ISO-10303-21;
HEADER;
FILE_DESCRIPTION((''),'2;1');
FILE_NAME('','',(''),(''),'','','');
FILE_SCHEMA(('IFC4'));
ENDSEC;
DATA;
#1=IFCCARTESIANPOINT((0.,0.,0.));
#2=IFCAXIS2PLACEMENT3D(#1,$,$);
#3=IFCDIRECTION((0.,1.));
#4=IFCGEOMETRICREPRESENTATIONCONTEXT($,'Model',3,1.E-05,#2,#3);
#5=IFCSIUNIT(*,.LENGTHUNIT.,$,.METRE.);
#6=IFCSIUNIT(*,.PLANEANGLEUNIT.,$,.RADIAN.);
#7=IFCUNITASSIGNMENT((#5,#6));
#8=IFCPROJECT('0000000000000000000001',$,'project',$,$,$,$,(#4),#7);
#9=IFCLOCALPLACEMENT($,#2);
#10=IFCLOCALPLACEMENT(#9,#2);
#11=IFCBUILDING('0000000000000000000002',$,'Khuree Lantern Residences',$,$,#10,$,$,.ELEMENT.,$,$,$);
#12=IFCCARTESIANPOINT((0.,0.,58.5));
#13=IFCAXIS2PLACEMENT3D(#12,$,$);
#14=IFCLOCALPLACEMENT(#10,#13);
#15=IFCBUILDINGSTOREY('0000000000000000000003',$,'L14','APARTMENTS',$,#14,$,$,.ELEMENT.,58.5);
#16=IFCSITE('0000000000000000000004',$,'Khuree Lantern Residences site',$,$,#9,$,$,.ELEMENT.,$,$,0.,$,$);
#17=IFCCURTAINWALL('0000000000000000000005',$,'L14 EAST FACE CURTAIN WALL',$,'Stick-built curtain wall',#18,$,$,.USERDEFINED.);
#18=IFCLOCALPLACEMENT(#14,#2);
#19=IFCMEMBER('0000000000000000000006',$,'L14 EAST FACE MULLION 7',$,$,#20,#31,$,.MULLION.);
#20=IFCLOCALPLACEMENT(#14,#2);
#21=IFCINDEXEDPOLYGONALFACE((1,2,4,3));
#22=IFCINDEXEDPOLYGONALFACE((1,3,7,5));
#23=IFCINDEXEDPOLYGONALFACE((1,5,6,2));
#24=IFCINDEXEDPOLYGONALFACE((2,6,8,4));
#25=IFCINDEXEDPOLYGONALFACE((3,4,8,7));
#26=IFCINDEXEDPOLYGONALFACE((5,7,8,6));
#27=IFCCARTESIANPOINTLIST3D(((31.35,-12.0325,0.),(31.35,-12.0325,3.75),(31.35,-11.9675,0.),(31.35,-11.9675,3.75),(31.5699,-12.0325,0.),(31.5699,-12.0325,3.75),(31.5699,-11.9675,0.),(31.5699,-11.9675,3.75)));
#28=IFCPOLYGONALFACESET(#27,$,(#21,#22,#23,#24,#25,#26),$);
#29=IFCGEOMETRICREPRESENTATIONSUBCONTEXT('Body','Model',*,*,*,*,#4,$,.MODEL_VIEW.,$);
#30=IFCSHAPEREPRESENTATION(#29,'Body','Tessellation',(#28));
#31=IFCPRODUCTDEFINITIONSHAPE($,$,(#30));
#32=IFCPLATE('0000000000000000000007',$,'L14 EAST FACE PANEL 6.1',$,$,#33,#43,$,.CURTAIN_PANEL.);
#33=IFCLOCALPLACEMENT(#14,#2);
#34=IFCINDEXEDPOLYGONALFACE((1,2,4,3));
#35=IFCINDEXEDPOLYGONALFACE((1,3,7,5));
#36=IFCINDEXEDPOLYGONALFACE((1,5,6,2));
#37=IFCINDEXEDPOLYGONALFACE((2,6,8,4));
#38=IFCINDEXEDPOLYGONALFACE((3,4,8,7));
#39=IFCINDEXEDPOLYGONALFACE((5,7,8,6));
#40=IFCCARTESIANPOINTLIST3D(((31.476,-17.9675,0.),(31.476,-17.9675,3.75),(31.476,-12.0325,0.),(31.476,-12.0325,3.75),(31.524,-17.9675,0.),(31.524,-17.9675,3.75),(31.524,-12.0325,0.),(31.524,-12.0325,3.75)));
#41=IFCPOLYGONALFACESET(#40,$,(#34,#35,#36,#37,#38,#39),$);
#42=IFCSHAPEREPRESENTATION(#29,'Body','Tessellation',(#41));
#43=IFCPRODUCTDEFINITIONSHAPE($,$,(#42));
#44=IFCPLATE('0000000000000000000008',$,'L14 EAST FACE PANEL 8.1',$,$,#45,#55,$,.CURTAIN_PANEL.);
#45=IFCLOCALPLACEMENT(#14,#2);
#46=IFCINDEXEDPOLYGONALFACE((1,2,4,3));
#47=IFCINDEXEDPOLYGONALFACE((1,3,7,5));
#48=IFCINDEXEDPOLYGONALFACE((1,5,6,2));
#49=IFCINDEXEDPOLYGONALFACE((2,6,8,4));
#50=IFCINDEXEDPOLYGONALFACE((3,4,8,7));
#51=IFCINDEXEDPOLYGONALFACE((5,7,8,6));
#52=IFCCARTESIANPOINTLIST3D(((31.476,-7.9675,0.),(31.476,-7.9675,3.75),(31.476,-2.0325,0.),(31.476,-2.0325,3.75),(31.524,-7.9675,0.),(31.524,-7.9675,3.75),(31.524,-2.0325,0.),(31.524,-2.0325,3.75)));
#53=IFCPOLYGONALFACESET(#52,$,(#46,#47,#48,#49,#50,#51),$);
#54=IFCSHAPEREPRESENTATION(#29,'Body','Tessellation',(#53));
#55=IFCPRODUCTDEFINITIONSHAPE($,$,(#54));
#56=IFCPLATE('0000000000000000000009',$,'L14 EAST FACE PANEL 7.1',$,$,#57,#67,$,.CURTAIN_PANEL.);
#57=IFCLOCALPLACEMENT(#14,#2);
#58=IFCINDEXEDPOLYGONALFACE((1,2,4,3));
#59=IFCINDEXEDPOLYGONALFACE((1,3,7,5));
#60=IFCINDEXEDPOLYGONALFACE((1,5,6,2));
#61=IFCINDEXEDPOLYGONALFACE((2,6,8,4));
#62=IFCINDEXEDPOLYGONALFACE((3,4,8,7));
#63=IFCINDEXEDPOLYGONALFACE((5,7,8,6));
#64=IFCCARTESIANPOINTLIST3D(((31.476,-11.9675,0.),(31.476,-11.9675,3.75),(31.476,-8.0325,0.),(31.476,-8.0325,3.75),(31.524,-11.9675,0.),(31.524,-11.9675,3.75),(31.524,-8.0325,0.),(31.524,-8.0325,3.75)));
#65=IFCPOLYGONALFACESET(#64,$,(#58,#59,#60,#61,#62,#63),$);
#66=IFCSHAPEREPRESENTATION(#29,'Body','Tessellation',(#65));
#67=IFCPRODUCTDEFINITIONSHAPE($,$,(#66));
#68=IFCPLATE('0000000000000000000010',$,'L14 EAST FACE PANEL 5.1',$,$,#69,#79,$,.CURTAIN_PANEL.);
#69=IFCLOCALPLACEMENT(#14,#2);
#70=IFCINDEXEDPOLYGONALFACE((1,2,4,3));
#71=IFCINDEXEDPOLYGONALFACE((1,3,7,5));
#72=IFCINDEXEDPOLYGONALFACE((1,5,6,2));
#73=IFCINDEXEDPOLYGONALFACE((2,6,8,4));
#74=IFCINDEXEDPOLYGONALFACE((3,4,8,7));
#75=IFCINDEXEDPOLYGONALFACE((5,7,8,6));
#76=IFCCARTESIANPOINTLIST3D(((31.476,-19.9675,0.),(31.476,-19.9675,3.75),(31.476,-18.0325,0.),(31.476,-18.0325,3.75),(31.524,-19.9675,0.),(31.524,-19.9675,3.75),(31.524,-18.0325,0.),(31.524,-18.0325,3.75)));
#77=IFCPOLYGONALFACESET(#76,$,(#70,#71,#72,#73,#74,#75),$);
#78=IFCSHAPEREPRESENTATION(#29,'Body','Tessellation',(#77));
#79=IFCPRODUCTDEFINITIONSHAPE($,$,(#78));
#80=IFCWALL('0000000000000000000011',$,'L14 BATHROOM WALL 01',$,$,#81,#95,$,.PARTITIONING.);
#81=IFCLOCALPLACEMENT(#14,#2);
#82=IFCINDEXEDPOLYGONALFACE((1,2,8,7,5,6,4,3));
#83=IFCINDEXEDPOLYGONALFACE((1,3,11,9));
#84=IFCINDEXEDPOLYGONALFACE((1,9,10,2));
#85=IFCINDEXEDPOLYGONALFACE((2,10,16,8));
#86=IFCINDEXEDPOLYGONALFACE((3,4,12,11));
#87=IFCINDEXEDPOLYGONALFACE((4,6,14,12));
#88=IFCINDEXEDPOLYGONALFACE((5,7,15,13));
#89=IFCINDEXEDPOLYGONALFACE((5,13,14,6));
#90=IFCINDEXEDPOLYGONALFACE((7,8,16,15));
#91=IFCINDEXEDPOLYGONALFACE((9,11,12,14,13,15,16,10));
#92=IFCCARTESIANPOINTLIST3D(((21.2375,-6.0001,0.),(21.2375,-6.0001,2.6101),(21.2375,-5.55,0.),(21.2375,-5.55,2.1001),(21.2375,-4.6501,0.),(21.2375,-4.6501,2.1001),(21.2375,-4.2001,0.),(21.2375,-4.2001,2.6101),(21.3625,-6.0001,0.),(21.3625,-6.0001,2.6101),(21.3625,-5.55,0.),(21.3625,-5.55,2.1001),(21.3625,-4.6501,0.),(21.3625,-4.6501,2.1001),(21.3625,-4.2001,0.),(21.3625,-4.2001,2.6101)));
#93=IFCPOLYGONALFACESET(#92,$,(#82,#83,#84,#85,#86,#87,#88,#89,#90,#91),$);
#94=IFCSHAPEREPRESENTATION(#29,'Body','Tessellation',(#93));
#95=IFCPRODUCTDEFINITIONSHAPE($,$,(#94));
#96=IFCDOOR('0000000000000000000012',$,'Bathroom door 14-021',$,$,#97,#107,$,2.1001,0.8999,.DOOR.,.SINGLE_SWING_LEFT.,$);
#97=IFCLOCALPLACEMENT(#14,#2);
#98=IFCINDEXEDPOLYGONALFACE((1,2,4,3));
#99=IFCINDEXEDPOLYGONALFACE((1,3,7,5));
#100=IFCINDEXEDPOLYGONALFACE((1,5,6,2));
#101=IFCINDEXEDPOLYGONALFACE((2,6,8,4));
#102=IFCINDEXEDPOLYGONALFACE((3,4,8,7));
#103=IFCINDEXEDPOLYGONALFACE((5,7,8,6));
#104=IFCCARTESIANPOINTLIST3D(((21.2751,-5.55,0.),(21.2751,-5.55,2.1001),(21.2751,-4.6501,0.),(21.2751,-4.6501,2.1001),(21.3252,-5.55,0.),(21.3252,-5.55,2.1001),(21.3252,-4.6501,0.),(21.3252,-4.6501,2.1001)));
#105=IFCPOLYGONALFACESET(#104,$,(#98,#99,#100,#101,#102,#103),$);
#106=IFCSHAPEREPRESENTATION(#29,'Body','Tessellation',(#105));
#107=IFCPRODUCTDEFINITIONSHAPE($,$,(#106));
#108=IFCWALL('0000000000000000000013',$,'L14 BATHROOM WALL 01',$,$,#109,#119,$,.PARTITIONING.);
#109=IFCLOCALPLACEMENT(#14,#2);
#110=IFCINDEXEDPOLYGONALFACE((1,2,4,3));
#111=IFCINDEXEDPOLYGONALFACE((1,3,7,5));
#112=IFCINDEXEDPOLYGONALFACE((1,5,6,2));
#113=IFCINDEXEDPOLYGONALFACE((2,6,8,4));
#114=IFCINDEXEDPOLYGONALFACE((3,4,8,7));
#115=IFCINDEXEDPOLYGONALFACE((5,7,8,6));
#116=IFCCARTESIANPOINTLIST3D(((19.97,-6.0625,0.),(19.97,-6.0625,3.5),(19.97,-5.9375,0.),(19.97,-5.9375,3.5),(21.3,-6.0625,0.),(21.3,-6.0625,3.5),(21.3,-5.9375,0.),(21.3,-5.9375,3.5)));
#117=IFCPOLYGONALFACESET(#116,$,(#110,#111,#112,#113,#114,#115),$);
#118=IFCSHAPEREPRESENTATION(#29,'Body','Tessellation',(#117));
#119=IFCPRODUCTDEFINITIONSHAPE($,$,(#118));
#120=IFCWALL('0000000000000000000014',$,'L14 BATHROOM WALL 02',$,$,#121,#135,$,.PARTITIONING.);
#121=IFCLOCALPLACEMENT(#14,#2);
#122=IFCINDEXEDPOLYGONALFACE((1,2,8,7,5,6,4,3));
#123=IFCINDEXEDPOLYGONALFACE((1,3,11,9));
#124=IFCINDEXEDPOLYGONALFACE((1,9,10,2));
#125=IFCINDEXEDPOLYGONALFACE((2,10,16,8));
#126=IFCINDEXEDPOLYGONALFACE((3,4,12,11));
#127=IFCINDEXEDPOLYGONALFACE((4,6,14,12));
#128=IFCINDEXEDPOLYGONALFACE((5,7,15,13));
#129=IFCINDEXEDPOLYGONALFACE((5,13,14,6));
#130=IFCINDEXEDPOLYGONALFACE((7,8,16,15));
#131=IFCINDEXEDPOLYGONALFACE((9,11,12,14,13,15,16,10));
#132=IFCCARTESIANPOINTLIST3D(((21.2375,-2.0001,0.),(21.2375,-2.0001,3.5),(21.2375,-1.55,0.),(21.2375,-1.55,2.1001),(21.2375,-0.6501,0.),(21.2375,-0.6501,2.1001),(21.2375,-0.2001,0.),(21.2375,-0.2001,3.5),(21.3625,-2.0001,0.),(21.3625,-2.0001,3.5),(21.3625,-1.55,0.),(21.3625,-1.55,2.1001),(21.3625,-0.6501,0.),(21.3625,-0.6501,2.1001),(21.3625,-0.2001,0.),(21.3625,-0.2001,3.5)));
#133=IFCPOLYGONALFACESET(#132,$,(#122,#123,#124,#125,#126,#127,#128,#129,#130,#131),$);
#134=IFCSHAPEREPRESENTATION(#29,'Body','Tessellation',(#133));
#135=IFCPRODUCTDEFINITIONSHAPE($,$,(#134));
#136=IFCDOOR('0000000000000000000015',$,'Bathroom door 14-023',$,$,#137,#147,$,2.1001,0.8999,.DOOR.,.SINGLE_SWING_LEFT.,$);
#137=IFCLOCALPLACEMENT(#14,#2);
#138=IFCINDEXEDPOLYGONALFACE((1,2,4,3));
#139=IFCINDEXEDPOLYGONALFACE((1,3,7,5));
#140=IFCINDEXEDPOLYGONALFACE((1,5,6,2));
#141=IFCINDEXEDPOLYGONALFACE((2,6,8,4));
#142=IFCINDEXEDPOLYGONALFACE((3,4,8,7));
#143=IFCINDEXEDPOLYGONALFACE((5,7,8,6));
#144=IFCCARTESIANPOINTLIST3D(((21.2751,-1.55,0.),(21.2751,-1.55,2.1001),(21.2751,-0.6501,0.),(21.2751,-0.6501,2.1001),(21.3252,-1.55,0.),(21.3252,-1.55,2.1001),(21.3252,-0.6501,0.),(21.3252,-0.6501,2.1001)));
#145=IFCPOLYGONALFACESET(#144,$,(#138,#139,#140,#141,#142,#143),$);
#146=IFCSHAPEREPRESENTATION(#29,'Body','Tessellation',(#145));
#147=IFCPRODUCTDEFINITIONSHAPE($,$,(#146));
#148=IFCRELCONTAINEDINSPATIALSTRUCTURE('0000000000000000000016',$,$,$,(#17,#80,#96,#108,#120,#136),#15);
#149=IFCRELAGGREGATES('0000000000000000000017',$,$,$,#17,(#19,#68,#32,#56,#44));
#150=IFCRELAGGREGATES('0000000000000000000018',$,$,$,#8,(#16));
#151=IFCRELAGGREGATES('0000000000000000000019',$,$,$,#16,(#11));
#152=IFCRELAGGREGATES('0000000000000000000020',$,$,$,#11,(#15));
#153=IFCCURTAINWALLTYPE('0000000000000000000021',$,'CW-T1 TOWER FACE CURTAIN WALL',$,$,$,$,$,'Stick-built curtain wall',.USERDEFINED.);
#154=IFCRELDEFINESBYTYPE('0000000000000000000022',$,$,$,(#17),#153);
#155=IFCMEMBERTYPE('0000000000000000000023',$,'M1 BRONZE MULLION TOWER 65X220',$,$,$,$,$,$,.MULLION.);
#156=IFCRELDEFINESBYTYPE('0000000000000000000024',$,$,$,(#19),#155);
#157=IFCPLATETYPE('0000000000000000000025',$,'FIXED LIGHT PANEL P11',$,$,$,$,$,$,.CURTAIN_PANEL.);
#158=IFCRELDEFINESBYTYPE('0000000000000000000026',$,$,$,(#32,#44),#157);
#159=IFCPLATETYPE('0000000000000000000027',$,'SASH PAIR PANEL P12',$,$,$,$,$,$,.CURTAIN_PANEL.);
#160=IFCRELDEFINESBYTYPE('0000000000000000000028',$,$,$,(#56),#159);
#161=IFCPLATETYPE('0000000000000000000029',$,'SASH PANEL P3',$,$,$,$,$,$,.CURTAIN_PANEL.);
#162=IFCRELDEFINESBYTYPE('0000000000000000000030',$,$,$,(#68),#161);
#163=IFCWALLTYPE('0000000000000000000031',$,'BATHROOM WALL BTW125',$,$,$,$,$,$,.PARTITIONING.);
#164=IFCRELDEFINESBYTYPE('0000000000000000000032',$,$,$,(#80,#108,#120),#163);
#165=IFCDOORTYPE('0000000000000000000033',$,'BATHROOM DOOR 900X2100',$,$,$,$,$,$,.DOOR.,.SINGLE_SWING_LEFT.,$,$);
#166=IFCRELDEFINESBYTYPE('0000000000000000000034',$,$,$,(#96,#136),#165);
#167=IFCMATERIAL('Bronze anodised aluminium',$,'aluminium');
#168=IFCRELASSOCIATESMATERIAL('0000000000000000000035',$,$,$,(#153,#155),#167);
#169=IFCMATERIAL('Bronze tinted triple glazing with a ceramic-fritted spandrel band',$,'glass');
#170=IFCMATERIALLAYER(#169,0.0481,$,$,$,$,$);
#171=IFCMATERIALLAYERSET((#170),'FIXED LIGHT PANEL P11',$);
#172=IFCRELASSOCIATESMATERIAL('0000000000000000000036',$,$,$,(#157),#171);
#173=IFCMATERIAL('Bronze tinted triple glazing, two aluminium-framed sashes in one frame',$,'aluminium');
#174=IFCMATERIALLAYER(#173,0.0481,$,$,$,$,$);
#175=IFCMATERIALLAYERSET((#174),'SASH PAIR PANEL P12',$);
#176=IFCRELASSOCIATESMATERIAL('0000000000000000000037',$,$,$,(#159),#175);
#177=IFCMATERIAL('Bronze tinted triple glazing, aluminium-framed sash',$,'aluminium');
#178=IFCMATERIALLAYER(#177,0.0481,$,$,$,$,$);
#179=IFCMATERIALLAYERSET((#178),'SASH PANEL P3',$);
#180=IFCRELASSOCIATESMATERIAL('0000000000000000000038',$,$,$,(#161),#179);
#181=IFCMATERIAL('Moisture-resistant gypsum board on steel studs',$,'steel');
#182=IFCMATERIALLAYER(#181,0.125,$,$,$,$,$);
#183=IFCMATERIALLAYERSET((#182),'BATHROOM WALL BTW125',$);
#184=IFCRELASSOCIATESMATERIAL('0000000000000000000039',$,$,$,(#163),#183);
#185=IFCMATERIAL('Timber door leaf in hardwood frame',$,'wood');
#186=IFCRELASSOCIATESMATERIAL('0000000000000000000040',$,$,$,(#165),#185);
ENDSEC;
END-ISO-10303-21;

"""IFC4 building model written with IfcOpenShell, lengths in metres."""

from ifc_helpers import new_model, si_unit, direction, frame, frame_2d, origin, origin_2d, place, context, subcontext, project, spatial, rectangle, extrude, material, layer, layer_set, material_profile, profile_set, type_object, element, fill, aggregate, save


model = new_model("IFC4")

# Units and contexts
model_context = context("Model", 3, precision=1e-05, world=origin(), true_north=direction((0.0, 1.0)))
body_context = subcontext(model_context, "Body", "Model", "MODEL_VIEW")
ifc_project = project(units=[si_unit("LENGTHUNIT", "METRE"), si_unit("PLANEANGLEUNIT", "RADIAN")], contexts=[model_context])

# Site, building, storey
site_placement = place(None, origin())
site = spatial("IfcSite", under=ifc_project, at=site_placement, Name="Khuree Lantern Residences site", CompositionType="ELEMENT", RefElevation=0.0)
building_placement = place(site_placement, origin())
building = spatial("IfcBuilding", under=site, at=building_placement, Name="Khuree Lantern Residences", CompositionType="ELEMENT")
storey_placement = place(building_placement, frame((0.0, 0.0, 58.5)))
storey = spatial("IfcBuildingStorey", under=building, at=storey_placement, Name="L14", Description="APARTMENTS", CompositionType="ELEMENT", Elevation=58.5)

# Curtain wall
ifc_material_1 = material(Name="Bronze anodised aluminium", Category="aluminium")
curtain_wall_type = type_object("IfcCurtainWallType", Name="CW-T1 TOWER FACE CURTAIN WALL", ElementType="Stick-built curtain wall", PredefinedType="USERDEFINED", material=ifc_material_1)
curtain_wall_placement = place(storey_placement, origin())
curtain_wall = element("IfcCurtainWall", 1, at=curtain_wall_placement, inside=storey, type_object=curtain_wall_type, Name="L14 EAST FACE CURTAIN WALL", ObjectType="Stick-built curtain wall", PredefinedType="USERDEFINED")

# Member
ifc_material_profile_1 = material_profile(ifc_material_1, rectangle(XDim=0.0649, YDim=0.22, at=origin_2d()), Name="M1 65X220")
ifc_profile_set_1 = profile_set([ifc_material_profile_1], Name="Bronze anodised aluminium")
member_type_1 = type_object("IfcMemberType", Name="M1 BRONZE MULLION TOWER 65X220", PredefinedType="MULLION", material=ifc_profile_set_1)
member_1_placement = place(storey_placement, frame((31.46, -12.0, 0.0), z_axis=(0.0, 0.0, 1.0), x_axis=(0.0, 1.0, 0.0)))
member_1 = element("IfcMember", 2, at=member_1_placement, type_object=member_type_1, Name="L14 EAST FACE MULLION 7", PredefinedType="MULLION", context=body_context, shape_type="SweptSolid", body=[
    extrude(rectangle(XDim=0.0649, YDim=0.22, at=origin_2d()), origin(), (0.0, 0.0, 1.0), 3.75),
])

# Plates
ifc_material_2 = material(Name="Bronze tinted triple glazing with a ceramic-fritted spandrel band", Category="glass")
ifc_layer_1 = layer(ifc_material_2, 0.0481)
ifc_layer_set_1 = layer_set([ifc_layer_1], Name="FIXED LIGHT PANEL P11")
plate_type_1 = type_object("IfcPlateType", Name="FIXED LIGHT PANEL P11", PredefinedType="CURTAIN_PANEL", material=ifc_layer_set_1)
plate_1_placement = place(storey_placement, frame((31.5, -15.0, 0.0), z_axis=(0.0, 0.0, 1.0), x_axis=(0.0, 1.0, 0.0)))
plate_1 = element("IfcPlate", 3, at=plate_1_placement, type_object=plate_type_1, Name="L14 EAST FACE PANEL 6.1", PredefinedType="CURTAIN_PANEL", context=body_context, shape_type="SweptSolid", body=[
    extrude(rectangle(XDim=5.9351, YDim=0.0481, at=origin_2d()), origin(), (0.0, 0.0, 1.0), 3.75),
])
plate_2_placement = place(storey_placement, frame((31.5, -5.0, 0.0), z_axis=(0.0, 0.0, 1.0), x_axis=(0.0, 1.0, 0.0)))
plate_2 = element("IfcPlate", 4, at=plate_2_placement, type_object=plate_type_1, Name="L14 EAST FACE PANEL 8.1", PredefinedType="CURTAIN_PANEL", context=body_context, shape_type="SweptSolid", body=[
    extrude(rectangle(XDim=5.9351, YDim=0.0481, at=origin_2d()), origin(), (0.0, 0.0, 1.0), 3.75),
])
ifc_material_3 = material(Name="Bronze tinted triple glazing, two aluminium-framed sashes in one frame", Category="aluminium")
ifc_layer_2 = layer(ifc_material_3, 0.0481)
ifc_layer_set_2 = layer_set([ifc_layer_2], Name="SASH PAIR PANEL P12")
plate_type_2 = type_object("IfcPlateType", Name="SASH PAIR PANEL P12", PredefinedType="CURTAIN_PANEL", material=ifc_layer_set_2)
plate_3_placement = place(storey_placement, frame((31.5, -10.0, 0.0), z_axis=(0.0, 0.0, 1.0), x_axis=(0.0, 1.0, 0.0)))
plate_3 = element("IfcPlate", 5, at=plate_3_placement, type_object=plate_type_2, Name="L14 EAST FACE PANEL 7.1", PredefinedType="CURTAIN_PANEL", context=body_context, shape_type="SweptSolid", body=[
    extrude(rectangle(XDim=3.9351, YDim=0.0481, at=origin_2d()), origin(), (0.0, 0.0, 1.0), 3.75),
])
ifc_material_4 = material(Name="Bronze tinted triple glazing, aluminium-framed sash", Category="aluminium")
ifc_layer_3 = layer(ifc_material_4, 0.0481)
ifc_layer_set_3 = layer_set([ifc_layer_3], Name="SASH PANEL P3")
plate_type_3 = type_object("IfcPlateType", Name="SASH PANEL P3", PredefinedType="CURTAIN_PANEL", material=ifc_layer_set_3)
plate_4_placement = place(storey_placement, frame((31.5, -19.0, 0.0), z_axis=(0.0, 0.0, 1.0), x_axis=(0.0, 1.0, 0.0)))
plate_4 = element("IfcPlate", 6, at=plate_4_placement, type_object=plate_type_3, Name="L14 EAST FACE PANEL 5.1", PredefinedType="CURTAIN_PANEL", context=body_context, shape_type="SweptSolid", body=[
    extrude(rectangle(XDim=1.9351, YDim=0.0481, at=origin_2d()), origin(), (0.0, 0.0, 1.0), 3.75),
])
aggregate(curtain_wall, [member_1, plate_4, plate_1, plate_3, plate_2])

# Wall, opening, door
ifc_material_5 = material(Name="Moisture-resistant gypsum board on steel studs", Category="steel")
ifc_layer_4 = layer(ifc_material_5, 0.125)
ifc_layer_set_4 = layer_set([ifc_layer_4], Name="BATHROOM WALL BTW125")
wall_type_1 = type_object("IfcWallType", Name="BATHROOM WALL BTW125", PredefinedType="PARTITIONING", material=ifc_layer_set_4)
wall_1_placement = place(storey_placement, frame((21.3, -6.0, 0.0), z_axis=(0.0, 0.0, 1.0), x_axis=(0.0, 1.0, 0.0)))
wall_1 = element("IfcWall", 7, at=wall_1_placement, inside=storey, type_object=wall_type_1, Name="L14 BATHROOM WALL 01", PredefinedType="PARTITIONING", context=body_context, shape_type="SweptSolid", body=[
    extrude(rectangle(XDim=1.8, YDim=0.125, at=frame_2d((0.8999, 0.0))), origin(), (0.0, 0.0, 1.0), 2.6101),
])
opening_1_placement = place(wall_1_placement, frame((0.45, 0.0, 0.0)))
opening_1 = element("IfcOpeningElement", 8, at=opening_1_placement, cuts=wall_1, PredefinedType="OPENING", context=body_context, shape_type="SweptSolid", body=[
    extrude(rectangle(XDim=0.8999, YDim=2.1001, at=frame_2d((0.45, 1.05))), frame((0.0, 0.0725, 0.0), z_axis=(0.0, -1.0, 0.0), x_axis=(1.0, 0.0, 0.0)), (0.0, 0.0, 1.0), 0.145),
])
ifc_material_6 = material(Name="Timber door leaf in hardwood frame", Category="wood")
door_type_1 = type_object("IfcDoorType", Name="BATHROOM DOOR 900X2100", OperationType="SINGLE_SWING_LEFT", PredefinedType="DOOR", material=ifc_material_6)
door_1_placement = place(opening_1_placement, origin())
door_1 = element("IfcDoor", 9, at=door_1_placement, inside=storey, type_object=door_type_1, Name="Bathroom door 14-021", OperationType="SINGLE_SWING_LEFT", OverallHeight=2.1001, OverallWidth=0.8999, PredefinedType="DOOR", context=body_context, shape_type="SweptSolid", body=[
    extrude(rectangle(XDim=0.8999, YDim=2.1001, at=frame_2d((0.45, 1.05))), frame((0.0, 0.0249, 0.0), z_axis=(0.0, -1.0, 0.0), x_axis=(1.0, 0.0, 0.0)), (0.0, 0.0, 1.0), 0.05),
])
fill(opening_1, door_1)

# Wall
wall_2_placement = place(storey_placement, frame((19.97, -6.0, 0.0), z_axis=(0.0, 0.0, 1.0), x_axis=(1.0, 0.0, 0.0)))
element("IfcWall", 10, at=wall_2_placement, inside=storey, type_object=wall_type_1, Name="L14 BATHROOM WALL 01", PredefinedType="PARTITIONING", context=body_context, shape_type="SweptSolid", body=[
    extrude(rectangle(XDim=1.3301, YDim=0.125, at=frame_2d((0.665, 0.0))), origin(), (0.0, 0.0, 1.0), 3.5),
])

# Wall, opening, door
wall_3_placement = place(storey_placement, frame((21.3, -2.0, 0.0), z_axis=(0.0, 0.0, 1.0), x_axis=(0.0, 1.0, 0.0)))
wall_3 = element("IfcWall", 11, at=wall_3_placement, inside=storey, type_object=wall_type_1, Name="L14 BATHROOM WALL 02", PredefinedType="PARTITIONING", context=body_context, shape_type="SweptSolid", body=[
    extrude(rectangle(XDim=1.8, YDim=0.125, at=frame_2d((0.8999, 0.0))), origin(), (0.0, 0.0, 1.0), 3.5),
])
opening_2_placement = place(wall_3_placement, frame((0.45, 0.0, 0.0)))
opening_2 = element("IfcOpeningElement", 12, at=opening_2_placement, cuts=wall_3, PredefinedType="OPENING", context=body_context, shape_type="SweptSolid", body=[
    extrude(rectangle(XDim=0.8999, YDim=2.1001, at=frame_2d((0.45, 1.05))), frame((0.0, 0.0725, 0.0), z_axis=(0.0, -1.0, 0.0), x_axis=(1.0, 0.0, 0.0)), (0.0, 0.0, 1.0), 0.145),
])
door_2_placement = place(opening_2_placement, origin())
door_2 = element("IfcDoor", 13, at=door_2_placement, inside=storey, type_object=door_type_1, Name="Bathroom door 14-023", OperationType="SINGLE_SWING_LEFT", OverallHeight=2.1001, OverallWidth=0.8999, PredefinedType="DOOR", context=body_context, shape_type="SweptSolid", body=[
    extrude(rectangle(XDim=0.8999, YDim=2.1001, at=frame_2d((0.45, 1.05))), frame((0.0, 0.0249, 0.0), z_axis=(0.0, -1.0, 0.0), x_axis=(1.0, 0.0, 0.0)), (0.0, 0.0, 1.0), 0.05),
])
fill(opening_2, door_2)

save(model, "model.ifc")
